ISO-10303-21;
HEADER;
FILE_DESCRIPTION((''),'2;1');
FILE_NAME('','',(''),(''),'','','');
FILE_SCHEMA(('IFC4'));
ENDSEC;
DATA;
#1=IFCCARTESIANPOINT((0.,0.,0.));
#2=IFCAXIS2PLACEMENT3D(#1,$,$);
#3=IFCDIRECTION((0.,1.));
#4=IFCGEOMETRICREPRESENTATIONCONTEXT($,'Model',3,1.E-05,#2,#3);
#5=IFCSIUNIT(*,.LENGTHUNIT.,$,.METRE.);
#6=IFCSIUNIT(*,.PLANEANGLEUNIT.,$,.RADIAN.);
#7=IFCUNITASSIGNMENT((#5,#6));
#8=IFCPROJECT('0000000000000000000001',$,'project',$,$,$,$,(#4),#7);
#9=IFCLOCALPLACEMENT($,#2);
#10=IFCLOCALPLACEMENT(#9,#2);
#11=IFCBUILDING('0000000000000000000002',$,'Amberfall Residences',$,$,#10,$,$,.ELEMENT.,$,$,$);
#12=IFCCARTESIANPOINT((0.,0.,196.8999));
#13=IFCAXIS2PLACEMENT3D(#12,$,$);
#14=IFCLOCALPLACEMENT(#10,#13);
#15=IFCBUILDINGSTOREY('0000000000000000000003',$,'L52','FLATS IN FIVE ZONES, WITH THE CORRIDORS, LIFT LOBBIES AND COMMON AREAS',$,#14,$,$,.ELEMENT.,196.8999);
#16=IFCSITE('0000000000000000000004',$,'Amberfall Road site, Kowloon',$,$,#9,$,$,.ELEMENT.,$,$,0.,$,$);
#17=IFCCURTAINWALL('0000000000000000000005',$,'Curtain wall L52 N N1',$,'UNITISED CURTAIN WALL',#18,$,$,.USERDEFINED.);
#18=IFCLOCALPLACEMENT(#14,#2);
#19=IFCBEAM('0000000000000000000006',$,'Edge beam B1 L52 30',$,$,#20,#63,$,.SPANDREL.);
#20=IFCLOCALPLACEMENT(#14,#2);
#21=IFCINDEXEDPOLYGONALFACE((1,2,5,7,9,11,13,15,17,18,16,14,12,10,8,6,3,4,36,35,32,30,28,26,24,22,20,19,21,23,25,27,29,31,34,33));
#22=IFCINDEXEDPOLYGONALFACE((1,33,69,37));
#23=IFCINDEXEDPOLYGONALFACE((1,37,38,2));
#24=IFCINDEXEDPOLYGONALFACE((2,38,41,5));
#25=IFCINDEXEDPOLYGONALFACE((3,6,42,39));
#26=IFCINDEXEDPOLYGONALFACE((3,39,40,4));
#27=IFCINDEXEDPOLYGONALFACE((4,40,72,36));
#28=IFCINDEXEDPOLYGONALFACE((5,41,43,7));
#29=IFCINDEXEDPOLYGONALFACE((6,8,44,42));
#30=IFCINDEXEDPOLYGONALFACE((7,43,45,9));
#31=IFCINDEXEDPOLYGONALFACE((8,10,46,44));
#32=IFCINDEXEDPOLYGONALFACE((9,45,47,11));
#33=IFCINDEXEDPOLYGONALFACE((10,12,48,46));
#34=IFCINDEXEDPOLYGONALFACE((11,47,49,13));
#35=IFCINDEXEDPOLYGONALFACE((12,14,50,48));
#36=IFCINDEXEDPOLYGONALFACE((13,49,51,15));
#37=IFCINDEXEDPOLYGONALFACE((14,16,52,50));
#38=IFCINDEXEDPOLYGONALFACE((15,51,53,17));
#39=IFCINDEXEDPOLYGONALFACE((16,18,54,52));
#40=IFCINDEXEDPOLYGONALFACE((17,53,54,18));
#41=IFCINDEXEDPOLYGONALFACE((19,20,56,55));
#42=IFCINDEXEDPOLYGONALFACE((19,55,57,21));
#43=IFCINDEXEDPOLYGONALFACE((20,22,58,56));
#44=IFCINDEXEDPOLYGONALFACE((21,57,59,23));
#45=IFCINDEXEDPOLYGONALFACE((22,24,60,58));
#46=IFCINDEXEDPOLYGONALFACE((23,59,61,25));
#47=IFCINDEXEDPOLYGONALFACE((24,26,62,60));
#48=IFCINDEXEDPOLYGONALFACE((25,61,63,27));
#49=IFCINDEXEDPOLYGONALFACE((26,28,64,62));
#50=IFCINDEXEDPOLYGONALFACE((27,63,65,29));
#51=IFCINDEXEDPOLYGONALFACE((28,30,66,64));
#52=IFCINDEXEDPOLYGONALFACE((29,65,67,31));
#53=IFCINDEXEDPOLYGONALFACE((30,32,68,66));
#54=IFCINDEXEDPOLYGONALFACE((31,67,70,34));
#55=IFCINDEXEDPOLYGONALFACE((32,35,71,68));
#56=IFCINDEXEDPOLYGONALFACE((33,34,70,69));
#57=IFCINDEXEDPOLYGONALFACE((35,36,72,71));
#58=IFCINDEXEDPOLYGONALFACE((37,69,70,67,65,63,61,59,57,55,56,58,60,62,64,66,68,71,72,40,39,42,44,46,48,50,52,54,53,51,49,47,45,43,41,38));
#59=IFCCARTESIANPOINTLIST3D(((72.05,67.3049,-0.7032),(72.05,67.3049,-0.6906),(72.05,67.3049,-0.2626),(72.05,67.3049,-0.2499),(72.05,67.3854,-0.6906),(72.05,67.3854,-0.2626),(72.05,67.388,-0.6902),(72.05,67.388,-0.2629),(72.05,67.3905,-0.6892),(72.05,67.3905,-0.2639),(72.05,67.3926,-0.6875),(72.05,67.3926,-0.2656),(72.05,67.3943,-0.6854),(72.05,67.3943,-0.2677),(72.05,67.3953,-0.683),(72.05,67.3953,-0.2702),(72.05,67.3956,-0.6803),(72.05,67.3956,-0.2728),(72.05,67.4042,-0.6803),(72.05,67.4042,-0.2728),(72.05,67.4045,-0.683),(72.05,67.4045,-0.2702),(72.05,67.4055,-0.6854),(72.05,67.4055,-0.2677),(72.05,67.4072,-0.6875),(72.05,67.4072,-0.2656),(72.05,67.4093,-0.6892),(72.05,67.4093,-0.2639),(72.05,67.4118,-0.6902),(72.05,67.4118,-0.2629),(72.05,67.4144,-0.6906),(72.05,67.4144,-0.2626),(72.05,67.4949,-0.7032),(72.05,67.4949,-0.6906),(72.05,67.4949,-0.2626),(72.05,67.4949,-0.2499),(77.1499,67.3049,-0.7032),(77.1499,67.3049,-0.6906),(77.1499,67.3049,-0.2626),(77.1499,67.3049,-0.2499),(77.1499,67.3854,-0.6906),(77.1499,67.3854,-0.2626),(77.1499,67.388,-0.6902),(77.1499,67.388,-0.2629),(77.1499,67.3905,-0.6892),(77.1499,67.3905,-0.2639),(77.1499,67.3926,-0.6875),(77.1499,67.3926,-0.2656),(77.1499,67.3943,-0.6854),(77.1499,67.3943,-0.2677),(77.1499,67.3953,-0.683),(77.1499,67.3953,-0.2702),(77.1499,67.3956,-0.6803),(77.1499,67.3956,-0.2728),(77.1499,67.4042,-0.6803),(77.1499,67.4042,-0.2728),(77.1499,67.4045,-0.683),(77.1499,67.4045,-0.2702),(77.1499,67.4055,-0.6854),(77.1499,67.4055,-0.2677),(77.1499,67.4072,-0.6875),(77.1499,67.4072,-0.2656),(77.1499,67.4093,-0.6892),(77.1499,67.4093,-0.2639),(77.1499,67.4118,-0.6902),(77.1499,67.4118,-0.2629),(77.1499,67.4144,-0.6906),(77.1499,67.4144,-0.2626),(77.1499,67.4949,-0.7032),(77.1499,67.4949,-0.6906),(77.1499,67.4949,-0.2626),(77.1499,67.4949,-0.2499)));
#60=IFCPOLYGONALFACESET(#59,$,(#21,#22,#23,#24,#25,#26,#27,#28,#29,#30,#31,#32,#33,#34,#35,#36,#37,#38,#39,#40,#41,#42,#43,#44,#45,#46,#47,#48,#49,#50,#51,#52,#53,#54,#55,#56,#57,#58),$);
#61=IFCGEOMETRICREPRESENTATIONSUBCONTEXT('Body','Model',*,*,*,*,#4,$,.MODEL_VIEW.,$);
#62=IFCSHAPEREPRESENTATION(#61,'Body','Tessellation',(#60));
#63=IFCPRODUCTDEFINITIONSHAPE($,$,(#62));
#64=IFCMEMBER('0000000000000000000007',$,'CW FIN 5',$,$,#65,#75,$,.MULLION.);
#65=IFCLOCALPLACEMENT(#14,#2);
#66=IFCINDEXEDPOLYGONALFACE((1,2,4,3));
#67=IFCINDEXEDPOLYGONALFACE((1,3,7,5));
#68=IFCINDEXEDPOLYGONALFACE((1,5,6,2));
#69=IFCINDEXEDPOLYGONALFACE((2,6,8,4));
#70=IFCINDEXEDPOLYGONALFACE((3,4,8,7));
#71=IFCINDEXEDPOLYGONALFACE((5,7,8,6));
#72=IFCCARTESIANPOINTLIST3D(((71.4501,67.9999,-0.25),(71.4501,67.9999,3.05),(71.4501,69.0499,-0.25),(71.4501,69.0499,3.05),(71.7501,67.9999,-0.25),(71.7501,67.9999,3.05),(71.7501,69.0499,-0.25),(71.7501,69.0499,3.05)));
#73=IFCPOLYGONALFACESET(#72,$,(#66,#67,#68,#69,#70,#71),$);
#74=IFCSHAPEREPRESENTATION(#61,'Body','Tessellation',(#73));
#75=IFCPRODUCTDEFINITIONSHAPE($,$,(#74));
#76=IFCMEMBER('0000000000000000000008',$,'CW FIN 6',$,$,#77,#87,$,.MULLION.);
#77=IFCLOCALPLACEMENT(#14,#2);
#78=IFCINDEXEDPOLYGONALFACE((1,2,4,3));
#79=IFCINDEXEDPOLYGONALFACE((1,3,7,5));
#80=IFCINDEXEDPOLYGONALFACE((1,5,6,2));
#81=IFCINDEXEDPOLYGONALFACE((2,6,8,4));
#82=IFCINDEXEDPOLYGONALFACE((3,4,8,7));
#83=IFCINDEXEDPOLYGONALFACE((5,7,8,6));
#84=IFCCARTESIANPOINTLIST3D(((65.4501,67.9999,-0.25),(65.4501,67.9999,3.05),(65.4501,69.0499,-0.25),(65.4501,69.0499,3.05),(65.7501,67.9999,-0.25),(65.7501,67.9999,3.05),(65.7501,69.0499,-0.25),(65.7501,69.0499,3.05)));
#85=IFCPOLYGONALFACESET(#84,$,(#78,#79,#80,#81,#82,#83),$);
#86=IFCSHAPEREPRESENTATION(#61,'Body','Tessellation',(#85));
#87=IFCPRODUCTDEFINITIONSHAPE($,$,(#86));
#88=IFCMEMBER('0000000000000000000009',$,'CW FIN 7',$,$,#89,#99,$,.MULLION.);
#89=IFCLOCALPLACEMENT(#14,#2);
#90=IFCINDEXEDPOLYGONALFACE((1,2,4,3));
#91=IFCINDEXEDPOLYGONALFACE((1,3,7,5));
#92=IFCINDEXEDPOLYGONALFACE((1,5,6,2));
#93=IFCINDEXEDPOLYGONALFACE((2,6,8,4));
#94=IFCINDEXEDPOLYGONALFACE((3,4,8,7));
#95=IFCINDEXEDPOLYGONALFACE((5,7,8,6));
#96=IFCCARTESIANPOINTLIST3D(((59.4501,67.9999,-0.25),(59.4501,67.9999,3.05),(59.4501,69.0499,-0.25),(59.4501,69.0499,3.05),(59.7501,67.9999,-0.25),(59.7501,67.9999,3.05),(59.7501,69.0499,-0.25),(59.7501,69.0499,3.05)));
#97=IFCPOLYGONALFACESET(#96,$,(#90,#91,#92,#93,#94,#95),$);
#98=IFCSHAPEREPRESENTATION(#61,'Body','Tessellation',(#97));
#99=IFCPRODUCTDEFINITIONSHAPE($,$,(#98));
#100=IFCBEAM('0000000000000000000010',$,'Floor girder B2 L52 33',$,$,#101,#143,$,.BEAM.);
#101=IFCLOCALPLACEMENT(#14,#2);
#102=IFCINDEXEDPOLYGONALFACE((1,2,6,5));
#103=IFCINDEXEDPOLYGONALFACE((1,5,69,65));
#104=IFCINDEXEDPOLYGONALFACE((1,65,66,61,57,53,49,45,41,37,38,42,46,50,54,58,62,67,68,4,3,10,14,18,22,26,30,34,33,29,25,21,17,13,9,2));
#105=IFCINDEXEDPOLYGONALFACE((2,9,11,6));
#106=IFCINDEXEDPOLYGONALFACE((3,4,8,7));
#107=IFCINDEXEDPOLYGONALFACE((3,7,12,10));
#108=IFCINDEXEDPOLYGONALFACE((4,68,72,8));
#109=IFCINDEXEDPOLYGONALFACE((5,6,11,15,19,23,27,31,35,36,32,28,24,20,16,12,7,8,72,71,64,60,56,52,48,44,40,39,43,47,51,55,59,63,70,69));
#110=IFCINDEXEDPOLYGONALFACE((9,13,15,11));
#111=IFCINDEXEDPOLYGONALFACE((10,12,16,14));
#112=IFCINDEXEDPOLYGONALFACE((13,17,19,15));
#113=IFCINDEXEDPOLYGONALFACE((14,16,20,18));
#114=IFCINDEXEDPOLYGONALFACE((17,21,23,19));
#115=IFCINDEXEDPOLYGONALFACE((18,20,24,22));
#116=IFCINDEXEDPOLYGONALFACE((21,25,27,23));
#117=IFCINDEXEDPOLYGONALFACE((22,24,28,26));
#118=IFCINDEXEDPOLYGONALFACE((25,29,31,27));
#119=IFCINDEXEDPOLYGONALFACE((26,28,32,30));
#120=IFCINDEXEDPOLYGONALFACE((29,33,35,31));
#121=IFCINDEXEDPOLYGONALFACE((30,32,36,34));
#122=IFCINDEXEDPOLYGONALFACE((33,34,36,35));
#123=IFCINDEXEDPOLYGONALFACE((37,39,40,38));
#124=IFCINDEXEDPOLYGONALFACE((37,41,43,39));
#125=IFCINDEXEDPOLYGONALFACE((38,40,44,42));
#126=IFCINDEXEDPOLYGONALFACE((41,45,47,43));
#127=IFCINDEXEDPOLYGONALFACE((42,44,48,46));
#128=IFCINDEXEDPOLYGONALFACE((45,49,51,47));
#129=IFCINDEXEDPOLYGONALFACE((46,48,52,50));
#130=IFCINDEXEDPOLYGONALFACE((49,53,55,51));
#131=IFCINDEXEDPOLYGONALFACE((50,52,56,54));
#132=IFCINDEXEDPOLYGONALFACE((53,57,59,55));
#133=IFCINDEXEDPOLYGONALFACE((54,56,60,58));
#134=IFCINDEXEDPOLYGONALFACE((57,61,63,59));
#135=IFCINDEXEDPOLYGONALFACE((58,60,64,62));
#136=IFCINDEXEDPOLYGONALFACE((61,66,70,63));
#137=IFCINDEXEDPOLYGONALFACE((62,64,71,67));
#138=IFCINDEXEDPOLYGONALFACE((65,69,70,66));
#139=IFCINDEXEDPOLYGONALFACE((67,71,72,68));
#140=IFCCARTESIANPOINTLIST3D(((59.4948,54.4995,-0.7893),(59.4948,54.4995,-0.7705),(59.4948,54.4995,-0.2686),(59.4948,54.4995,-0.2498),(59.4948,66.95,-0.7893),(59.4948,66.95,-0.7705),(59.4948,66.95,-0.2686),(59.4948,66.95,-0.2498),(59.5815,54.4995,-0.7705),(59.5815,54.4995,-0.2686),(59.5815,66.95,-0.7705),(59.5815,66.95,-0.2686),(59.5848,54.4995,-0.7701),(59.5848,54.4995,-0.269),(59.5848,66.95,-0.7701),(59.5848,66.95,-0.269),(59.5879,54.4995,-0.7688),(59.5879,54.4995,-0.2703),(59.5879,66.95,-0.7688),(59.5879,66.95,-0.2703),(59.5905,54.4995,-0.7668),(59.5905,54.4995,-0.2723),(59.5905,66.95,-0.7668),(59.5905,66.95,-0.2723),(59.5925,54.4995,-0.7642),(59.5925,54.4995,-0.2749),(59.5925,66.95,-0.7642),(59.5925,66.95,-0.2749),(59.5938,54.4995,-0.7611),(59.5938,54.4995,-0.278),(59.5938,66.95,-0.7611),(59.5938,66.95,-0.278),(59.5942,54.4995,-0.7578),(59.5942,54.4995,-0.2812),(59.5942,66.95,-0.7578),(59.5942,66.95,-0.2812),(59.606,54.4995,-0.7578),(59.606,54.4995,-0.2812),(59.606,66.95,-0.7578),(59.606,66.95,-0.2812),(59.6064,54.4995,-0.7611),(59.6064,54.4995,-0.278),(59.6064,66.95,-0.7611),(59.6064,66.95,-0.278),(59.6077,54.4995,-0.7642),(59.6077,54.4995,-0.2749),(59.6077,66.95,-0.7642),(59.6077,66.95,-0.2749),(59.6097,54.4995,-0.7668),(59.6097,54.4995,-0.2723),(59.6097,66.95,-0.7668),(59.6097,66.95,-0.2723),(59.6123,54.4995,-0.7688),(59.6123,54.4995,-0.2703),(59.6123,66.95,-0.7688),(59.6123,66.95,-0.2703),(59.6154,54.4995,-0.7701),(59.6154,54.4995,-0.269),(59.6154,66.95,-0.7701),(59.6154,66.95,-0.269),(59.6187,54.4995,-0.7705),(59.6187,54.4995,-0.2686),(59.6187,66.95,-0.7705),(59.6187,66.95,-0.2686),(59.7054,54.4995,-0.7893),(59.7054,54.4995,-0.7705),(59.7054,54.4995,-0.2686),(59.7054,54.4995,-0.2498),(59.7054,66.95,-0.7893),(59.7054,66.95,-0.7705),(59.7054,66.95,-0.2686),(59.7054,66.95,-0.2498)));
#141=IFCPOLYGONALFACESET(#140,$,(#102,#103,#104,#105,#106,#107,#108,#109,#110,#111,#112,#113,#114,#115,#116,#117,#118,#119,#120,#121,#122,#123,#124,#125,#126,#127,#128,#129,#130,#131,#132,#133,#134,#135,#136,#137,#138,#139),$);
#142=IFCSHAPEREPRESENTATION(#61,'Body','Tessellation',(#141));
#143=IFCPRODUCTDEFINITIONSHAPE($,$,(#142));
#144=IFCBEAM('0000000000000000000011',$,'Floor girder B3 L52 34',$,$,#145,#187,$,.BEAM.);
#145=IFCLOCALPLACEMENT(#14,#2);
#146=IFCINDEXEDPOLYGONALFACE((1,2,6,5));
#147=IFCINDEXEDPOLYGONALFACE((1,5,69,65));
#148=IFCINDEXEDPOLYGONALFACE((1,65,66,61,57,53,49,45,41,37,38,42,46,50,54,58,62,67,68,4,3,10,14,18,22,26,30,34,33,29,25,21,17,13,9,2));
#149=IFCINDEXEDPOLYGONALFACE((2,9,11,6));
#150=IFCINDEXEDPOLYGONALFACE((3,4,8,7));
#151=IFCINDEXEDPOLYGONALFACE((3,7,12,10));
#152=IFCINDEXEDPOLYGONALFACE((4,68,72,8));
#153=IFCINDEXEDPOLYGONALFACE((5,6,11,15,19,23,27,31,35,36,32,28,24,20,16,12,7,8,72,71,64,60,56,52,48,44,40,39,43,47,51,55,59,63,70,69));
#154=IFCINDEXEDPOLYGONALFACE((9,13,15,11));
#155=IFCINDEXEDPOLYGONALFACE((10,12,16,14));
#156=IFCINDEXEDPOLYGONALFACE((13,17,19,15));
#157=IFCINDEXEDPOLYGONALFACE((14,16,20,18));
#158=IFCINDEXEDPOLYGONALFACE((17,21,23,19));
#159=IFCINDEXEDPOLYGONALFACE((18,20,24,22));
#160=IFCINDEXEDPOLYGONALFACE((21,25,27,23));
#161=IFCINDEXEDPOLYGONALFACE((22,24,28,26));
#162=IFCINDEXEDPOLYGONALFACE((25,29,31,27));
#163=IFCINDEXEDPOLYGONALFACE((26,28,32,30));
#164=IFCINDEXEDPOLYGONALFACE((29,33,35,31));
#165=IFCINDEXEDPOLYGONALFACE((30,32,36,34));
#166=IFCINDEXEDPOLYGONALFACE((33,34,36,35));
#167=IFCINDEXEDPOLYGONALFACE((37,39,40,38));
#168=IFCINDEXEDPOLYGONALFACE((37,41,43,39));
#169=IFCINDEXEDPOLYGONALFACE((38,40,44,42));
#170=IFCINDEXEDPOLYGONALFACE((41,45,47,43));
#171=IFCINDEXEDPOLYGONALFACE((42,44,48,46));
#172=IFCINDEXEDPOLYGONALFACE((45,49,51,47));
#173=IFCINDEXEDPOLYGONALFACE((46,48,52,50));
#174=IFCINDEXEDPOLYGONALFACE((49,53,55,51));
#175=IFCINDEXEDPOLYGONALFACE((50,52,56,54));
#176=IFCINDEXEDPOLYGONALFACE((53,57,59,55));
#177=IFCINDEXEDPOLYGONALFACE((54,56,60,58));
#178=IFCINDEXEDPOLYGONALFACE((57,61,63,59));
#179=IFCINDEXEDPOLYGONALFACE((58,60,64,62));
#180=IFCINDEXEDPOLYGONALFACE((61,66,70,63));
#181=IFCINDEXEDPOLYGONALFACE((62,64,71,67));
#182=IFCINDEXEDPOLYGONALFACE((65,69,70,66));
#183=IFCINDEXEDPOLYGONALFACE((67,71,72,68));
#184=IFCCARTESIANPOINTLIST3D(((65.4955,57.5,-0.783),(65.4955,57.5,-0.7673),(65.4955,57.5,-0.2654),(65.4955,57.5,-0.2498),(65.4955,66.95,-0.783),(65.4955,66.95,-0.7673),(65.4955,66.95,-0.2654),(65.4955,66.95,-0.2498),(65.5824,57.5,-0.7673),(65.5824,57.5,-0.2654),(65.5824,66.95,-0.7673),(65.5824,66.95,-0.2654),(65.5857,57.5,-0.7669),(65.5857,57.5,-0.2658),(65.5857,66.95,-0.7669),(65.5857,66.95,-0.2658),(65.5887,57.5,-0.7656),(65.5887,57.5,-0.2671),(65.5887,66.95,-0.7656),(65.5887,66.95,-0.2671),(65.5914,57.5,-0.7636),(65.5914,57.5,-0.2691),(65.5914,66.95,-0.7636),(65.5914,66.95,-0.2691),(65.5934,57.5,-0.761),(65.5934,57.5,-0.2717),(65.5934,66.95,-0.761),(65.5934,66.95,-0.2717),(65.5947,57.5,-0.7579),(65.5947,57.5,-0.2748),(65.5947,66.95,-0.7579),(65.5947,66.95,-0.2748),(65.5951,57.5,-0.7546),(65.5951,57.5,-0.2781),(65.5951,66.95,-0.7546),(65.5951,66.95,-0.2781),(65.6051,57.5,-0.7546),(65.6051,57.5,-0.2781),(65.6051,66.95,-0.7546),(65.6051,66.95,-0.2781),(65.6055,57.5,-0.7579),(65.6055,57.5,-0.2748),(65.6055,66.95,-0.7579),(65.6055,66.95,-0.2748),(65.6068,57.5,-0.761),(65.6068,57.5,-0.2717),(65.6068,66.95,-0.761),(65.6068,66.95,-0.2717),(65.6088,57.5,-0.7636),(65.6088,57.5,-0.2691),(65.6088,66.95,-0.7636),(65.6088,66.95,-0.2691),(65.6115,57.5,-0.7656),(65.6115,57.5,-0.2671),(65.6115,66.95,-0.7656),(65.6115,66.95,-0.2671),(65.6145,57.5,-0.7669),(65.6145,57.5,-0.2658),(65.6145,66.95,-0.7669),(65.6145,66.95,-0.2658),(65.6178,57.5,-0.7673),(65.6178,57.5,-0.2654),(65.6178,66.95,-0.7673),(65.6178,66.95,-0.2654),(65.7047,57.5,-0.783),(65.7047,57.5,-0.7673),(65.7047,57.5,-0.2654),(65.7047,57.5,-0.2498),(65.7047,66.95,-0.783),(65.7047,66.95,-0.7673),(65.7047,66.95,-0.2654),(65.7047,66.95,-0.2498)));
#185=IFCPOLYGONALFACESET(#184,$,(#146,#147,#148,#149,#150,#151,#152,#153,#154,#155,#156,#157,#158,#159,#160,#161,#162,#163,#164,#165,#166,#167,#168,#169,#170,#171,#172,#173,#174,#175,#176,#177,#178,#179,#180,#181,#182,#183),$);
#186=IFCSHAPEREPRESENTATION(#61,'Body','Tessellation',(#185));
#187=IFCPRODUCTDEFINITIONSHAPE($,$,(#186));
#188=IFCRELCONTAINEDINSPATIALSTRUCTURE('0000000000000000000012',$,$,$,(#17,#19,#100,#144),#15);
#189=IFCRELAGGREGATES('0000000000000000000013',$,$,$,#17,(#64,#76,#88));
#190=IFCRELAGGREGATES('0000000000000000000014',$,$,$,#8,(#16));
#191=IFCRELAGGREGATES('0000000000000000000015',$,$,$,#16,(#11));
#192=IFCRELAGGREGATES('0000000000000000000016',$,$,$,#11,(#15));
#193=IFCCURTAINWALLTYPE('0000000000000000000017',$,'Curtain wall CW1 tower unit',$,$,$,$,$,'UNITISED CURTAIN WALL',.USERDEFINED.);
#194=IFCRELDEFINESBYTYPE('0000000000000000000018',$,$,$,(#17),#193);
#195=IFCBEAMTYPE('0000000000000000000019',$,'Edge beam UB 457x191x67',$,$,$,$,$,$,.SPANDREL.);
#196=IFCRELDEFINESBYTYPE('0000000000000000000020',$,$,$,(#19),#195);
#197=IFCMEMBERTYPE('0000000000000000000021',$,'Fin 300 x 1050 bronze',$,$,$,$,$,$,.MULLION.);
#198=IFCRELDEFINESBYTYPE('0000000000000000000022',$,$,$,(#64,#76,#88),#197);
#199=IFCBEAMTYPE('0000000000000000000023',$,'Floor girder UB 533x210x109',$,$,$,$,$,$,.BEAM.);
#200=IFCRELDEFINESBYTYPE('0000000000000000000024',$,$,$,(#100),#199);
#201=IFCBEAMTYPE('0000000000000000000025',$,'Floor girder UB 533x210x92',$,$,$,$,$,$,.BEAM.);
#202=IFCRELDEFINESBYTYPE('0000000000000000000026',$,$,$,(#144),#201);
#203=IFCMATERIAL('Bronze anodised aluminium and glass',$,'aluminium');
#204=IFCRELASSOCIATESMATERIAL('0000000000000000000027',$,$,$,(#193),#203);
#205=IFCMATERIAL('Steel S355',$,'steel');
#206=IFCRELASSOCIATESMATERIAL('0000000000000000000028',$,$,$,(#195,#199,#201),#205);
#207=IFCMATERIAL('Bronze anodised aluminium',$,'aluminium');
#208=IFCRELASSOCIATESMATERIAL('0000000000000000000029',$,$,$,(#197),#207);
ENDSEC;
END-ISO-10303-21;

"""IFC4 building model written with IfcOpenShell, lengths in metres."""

from ifc_helpers import new_model, si_unit, direction, frame, origin, origin_2d, place, context, subcontext, project, spatial, rectangle, i_section, extrude, material, material_profile, profile_set, type_object, element, aggregate, save


model = new_model("IFC4")

# Units and contexts
model_context = context("Model", 3, precision=1e-05, world=origin(), true_north=direction((0.0, 1.0)))
body_context = subcontext(model_context, "Body", "Model", "MODEL_VIEW")
ifc_project = project(units=[si_unit("LENGTHUNIT", "METRE"), si_unit("PLANEANGLEUNIT", "RADIAN")], contexts=[model_context])

# Site, building, storey
site_placement = place(None, origin())
site = spatial("IfcSite", under=ifc_project, at=site_placement, Name="Amberfall Road site, Kowloon", CompositionType="ELEMENT", RefElevation=0.0)
building_placement = place(site_placement, origin())
building = spatial("IfcBuilding", under=site, at=building_placement, Name="Amberfall Residences", CompositionType="ELEMENT")
storey_placement = place(building_placement, frame((0.0, 0.0, 196.8999)))
storey = spatial("IfcBuildingStorey", under=building, at=storey_placement, Name="L52", Description="FLATS IN FIVE ZONES, WITH THE CORRIDORS, LIFT LOBBIES AND COMMON AREAS", CompositionType="ELEMENT", Elevation=196.8999)

# Curtain wall
ifc_material_1 = material(Name="Bronze anodised aluminium and glass", Category="aluminium")
curtain_wall_type = type_object("IfcCurtainWallType", Name="Curtain wall CW1 tower unit", ElementType="UNITISED CURTAIN WALL", PredefinedType="USERDEFINED", material=ifc_material_1)
curtain_wall_placement = place(storey_placement, origin())
curtain_wall = element("IfcCurtainWall", 1, at=curtain_wall_placement, inside=storey, type_object=curtain_wall_type, Name="Curtain wall L52 N N1", ObjectType="UNITISED CURTAIN WALL", PredefinedType="USERDEFINED")
ifc_material_2 = material(Name="Bronze anodised aluminium", Category="aluminium")

# Beam
ifc_material_3 = material(Name="Steel S355", Category="steel")
ifc_material_profile_1 = material_profile(ifc_material_3, i_section(OverallWidth=0.1899, OverallDepth=0.4534, WebThickness=0.0085, FlangeThickness=0.0127, FilletRadius=0.0103, at=origin_2d()), Name="UB 457x191x67")
ifc_profile_set_1 = profile_set([ifc_material_profile_1], Name="Steel S355")
beam_type_1 = type_object("IfcBeamType", Name="Edge beam UB 457x191x67", PredefinedType="SPANDREL", material=ifc_profile_set_1)
for number, where, z_axis, x_axis, name in (
    (2, (72.05, 67.3999, -0.4766), (1.0, 0.0, 0.0), (0.0, 1.0, 0.0), "Edge beam B1 L52 30"),
):
    element("IfcBeam", number, at=place(storey_placement, frame(where, z_axis=z_axis, x_axis=x_axis)), inside=storey, type_object=beam_type_1, Name=name, PredefinedType="SPANDREL", context=body_context, shape_type="SweptSolid", body=[
        extrude(i_section(OverallWidth=0.1899, OverallDepth=0.4534, WebThickness=0.0085, FlangeThickness=0.0127, FilletRadius=0.0103, at=origin_2d()), origin(), (0.0, 0.0, 1.0), 5.0999),
    ])

# Members
ifc_material_profile_2 = material_profile(ifc_material_2, rectangle(XDim=1.05, YDim=0.3, at=origin_2d()), Name="Fin 300 x 1050 bronze")
ifc_profile_set_2 = profile_set([ifc_material_profile_2], Name="Bronze anodised aluminium")
member_type_1 = type_object("IfcMemberType", Name="Fin 300 x 1050 bronze", PredefinedType="MULLION", material=ifc_profile_set_2)
member_1_placement = place(storey_placement, frame((71.6001, 68.5249, -0.25), z_axis=(0.0, 0.0, 1.0), x_axis=(0.0, -1.0, 0.0)))
member_1 = element("IfcMember", 3, at=member_1_placement, type_object=member_type_1, Name="CW FIN 5", PredefinedType="MULLION", context=body_context, shape_type="SweptSolid", body=[
    extrude(rectangle(XDim=1.05, YDim=0.3, at=origin_2d()), origin(), (0.0, 0.0, 1.0), 3.3),
])
member_2_placement = place(storey_placement, frame((65.6001, 68.5249, -0.25), z_axis=(0.0, 0.0, 1.0), x_axis=(0.0, -1.0, 0.0)))
member_2 = element("IfcMember", 4, at=member_2_placement, type_object=member_type_1, Name="CW FIN 6", PredefinedType="MULLION", context=body_context, shape_type="SweptSolid", body=[
    extrude(rectangle(XDim=1.05, YDim=0.3, at=origin_2d()), origin(), (0.0, 0.0, 1.0), 3.3),
])
member_3_placement = place(storey_placement, frame((59.6001, 68.5249, -0.25), z_axis=(0.0, 0.0, 1.0), x_axis=(0.0, -1.0, 0.0)))
member_3 = element("IfcMember", 5, at=member_3_placement, type_object=member_type_1, Name="CW FIN 7", PredefinedType="MULLION", context=body_context, shape_type="SweptSolid", body=[
    extrude(rectangle(XDim=1.05, YDim=0.3, at=origin_2d()), origin(), (0.0, 0.0, 1.0), 3.3),
])

# Beams
ifc_material_profile_3 = material_profile(ifc_material_3, i_section(OverallWidth=0.2107, OverallDepth=0.5396, WebThickness=0.0117, FlangeThickness=0.0188, FilletRadius=0.0127, at=origin_2d()), Name="UB 533x210x109")
ifc_profile_set_3 = profile_set([ifc_material_profile_3], Name="Steel S355")
beam_type_2 = type_object("IfcBeamType", Name="Floor girder UB 533x210x109", PredefinedType="BEAM", material=ifc_profile_set_3)
beam_placement = place(storey_placement, frame((59.6001, 66.95, -0.5195), z_axis=(0.0, -1.0, 0.0), x_axis=(1.0, 0.0, 0.0)))
element("IfcBeam", 6, at=beam_placement, inside=storey, type_object=beam_type_2, Name="Floor girder B2 L52 33", PredefinedType="BEAM", context=body_context, shape_type="SweptSolid", body=[
    extrude(i_section(OverallWidth=0.2107, OverallDepth=0.5396, WebThickness=0.0117, FlangeThickness=0.0188, FilletRadius=0.0127, at=origin_2d()), origin(), (0.0, 0.0, 1.0), 12.4504),
])
ifc_material_profile_4 = material_profile(ifc_material_3, i_section(OverallWidth=0.2092, OverallDepth=0.5332, WebThickness=0.01, FlangeThickness=0.0156, FilletRadius=0.0127, at=origin_2d()), Name="UB 533x210x92")
ifc_profile_set_4 = profile_set([ifc_material_profile_4], Name="Steel S355")
beam_type_3 = type_object("IfcBeamType", Name="Floor girder UB 533x210x92", PredefinedType="BEAM", material=ifc_profile_set_4)
for number, where, z_axis, x_axis, name in (
    (7, (65.6001, 66.95, -0.5164), (0.0, -1.0, 0.0), (1.0, 0.0, 0.0), "Floor girder B3 L52 34"),
):
    element("IfcBeam", number, at=place(storey_placement, frame(where, z_axis=z_axis, x_axis=x_axis)), inside=storey, type_object=beam_type_3, Name=name, PredefinedType="BEAM", context=body_context, shape_type="SweptSolid", body=[
        extrude(i_section(OverallWidth=0.2092, OverallDepth=0.5332, WebThickness=0.01, FlangeThickness=0.0156, FilletRadius=0.0127, at=origin_2d()), origin(), (0.0, 0.0, 1.0), 9.45),
    ])

aggregate(curtain_wall, [member_1, member_2, member_3])

save(model, "model.ifc")
